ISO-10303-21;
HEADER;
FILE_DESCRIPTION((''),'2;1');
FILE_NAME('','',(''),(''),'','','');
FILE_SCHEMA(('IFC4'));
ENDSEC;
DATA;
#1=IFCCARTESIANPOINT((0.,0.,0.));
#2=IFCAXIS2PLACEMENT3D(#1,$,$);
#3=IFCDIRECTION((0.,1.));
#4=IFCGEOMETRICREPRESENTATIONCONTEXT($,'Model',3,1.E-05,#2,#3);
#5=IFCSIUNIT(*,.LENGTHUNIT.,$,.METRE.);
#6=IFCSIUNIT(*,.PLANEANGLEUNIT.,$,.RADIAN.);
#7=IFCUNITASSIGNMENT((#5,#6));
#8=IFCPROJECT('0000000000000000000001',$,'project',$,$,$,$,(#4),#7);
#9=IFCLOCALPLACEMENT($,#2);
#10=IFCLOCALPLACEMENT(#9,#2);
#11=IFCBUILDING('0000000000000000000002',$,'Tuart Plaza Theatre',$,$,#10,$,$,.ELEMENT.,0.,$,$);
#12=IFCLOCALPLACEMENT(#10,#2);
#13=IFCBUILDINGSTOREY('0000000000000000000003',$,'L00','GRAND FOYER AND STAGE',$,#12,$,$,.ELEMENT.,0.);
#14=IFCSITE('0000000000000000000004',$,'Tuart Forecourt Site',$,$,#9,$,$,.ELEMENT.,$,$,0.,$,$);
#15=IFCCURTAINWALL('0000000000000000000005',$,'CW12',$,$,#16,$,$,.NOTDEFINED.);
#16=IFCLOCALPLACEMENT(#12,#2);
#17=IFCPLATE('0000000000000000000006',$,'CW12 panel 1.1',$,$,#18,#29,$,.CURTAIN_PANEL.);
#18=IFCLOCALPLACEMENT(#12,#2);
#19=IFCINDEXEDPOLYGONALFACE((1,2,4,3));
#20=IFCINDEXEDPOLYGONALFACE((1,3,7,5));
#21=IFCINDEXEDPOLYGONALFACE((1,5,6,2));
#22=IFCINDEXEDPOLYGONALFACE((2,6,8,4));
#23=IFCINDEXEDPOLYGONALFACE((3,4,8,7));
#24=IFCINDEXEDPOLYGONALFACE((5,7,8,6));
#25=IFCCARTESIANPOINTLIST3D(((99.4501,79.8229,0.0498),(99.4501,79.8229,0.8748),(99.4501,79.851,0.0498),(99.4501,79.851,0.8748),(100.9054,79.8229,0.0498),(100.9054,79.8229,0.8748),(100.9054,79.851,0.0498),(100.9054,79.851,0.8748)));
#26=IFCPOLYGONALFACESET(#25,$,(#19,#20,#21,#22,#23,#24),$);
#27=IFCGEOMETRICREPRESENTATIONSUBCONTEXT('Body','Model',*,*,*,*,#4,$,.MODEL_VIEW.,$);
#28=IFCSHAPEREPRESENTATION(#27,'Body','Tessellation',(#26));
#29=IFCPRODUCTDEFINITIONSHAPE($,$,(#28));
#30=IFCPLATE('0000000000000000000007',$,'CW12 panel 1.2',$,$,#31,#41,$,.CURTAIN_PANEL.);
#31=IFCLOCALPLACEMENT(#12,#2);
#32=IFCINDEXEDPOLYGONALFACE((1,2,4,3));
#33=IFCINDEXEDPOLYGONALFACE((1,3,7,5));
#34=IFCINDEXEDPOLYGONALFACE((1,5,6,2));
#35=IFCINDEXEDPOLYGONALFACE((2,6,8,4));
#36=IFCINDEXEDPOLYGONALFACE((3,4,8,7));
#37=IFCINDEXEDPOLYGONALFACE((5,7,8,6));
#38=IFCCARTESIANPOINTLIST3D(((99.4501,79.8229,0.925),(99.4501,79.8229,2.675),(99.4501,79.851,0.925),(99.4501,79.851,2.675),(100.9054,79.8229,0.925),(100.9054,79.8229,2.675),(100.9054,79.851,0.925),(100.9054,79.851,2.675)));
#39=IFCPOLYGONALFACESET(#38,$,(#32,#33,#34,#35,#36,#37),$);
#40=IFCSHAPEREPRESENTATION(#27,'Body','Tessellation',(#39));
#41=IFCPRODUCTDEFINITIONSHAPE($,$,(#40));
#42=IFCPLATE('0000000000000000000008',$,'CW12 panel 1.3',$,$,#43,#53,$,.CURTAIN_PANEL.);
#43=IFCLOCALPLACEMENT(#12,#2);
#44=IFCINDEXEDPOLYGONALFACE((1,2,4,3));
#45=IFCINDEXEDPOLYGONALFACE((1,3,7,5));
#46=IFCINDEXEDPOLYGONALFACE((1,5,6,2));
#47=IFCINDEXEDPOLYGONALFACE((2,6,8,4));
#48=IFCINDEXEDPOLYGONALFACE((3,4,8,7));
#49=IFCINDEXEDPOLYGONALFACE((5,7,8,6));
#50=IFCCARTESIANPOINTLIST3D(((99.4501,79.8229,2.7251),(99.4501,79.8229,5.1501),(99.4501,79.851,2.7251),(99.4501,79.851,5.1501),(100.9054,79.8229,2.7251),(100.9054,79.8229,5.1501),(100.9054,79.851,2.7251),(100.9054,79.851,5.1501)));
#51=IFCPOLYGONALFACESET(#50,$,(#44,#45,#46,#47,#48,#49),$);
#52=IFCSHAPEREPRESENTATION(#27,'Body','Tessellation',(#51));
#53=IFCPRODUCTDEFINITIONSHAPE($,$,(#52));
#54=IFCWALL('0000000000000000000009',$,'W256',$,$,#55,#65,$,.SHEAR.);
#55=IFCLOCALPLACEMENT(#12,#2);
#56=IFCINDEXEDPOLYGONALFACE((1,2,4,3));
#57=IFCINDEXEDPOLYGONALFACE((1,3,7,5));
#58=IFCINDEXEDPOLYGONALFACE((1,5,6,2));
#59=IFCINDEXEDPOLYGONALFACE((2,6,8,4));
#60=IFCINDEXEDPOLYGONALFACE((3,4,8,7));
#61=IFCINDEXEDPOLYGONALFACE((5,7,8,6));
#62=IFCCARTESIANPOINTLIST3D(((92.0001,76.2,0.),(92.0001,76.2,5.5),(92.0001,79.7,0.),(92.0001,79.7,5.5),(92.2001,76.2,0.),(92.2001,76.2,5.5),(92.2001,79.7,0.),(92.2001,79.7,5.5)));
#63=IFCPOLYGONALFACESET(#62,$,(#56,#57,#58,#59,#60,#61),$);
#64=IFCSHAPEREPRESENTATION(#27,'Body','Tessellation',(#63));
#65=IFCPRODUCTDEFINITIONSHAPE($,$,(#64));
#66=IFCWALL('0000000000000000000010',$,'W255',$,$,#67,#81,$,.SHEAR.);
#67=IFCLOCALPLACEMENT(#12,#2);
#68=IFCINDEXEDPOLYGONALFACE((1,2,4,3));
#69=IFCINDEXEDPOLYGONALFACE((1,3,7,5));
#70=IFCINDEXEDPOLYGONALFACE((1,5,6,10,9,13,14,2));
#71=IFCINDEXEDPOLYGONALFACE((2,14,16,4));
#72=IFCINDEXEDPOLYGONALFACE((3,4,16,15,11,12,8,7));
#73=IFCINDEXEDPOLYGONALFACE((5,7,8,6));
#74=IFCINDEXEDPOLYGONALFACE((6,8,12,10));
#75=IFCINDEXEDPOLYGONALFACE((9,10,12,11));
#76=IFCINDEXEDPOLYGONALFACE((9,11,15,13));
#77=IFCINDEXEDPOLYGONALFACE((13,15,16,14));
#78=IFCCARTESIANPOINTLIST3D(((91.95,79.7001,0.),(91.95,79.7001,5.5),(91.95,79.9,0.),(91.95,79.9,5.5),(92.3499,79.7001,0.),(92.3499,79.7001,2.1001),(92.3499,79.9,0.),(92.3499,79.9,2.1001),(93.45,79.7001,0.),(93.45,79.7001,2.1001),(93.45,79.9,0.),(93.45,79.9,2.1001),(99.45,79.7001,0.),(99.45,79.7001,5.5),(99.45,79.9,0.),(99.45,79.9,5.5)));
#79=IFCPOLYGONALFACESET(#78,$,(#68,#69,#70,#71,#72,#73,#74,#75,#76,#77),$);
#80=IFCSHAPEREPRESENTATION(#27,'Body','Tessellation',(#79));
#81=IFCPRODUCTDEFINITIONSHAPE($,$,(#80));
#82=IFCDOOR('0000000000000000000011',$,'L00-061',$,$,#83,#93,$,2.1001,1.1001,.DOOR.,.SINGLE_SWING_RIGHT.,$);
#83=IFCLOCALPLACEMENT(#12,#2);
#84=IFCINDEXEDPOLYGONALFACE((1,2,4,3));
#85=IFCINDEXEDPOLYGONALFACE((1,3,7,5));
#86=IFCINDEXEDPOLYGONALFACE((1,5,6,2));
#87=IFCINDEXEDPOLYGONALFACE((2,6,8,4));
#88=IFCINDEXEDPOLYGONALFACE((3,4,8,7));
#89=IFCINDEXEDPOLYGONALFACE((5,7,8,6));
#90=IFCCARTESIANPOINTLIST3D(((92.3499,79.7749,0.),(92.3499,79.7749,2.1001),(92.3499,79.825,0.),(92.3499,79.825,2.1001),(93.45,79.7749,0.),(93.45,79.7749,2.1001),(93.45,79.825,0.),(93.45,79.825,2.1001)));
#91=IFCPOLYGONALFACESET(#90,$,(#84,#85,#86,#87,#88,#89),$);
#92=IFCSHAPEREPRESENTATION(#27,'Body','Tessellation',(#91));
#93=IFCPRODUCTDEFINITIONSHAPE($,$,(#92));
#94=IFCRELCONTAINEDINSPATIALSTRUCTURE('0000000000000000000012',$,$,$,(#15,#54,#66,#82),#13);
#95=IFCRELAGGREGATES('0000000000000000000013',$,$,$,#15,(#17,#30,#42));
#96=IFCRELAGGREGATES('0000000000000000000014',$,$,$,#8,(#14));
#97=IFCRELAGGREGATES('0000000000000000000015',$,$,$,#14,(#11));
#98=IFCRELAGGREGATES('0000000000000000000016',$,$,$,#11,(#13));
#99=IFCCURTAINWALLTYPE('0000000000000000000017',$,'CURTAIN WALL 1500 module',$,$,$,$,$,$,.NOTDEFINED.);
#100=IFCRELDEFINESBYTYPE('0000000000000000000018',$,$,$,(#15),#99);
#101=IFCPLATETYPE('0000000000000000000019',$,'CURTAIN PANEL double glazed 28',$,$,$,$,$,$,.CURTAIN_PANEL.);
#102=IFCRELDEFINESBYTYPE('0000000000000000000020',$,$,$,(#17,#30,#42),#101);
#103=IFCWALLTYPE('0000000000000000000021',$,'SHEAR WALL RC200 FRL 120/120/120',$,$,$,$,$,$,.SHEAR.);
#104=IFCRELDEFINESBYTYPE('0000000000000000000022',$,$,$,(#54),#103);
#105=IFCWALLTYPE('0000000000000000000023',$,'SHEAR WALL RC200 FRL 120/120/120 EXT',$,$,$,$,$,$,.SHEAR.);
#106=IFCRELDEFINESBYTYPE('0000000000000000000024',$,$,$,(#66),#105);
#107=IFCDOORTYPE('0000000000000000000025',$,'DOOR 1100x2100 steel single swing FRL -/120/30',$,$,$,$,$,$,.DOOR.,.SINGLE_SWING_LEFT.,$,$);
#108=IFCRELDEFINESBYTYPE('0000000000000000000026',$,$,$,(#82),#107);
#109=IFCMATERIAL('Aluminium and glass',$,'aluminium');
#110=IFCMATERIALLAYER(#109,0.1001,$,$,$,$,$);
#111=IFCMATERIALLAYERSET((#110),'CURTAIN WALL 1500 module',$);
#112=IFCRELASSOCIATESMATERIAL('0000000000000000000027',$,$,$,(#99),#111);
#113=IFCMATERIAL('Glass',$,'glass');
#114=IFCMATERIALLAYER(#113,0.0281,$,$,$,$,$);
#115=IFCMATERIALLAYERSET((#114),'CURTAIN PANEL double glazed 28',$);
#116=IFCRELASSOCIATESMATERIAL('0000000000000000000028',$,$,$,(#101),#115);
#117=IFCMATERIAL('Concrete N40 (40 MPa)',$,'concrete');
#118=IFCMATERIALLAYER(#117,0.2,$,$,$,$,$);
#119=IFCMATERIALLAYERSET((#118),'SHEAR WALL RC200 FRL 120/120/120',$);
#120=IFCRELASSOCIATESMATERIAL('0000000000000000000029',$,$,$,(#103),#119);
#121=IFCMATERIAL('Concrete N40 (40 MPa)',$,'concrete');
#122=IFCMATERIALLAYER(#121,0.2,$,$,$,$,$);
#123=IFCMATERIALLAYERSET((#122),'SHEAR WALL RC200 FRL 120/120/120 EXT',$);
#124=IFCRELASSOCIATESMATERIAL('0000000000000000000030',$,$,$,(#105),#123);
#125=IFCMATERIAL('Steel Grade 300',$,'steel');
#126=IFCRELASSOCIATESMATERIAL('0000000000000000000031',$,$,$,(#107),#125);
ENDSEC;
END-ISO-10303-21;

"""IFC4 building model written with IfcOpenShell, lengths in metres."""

from ifc_helpers import new_model, si_unit, direction, frame, frame_2d, origin, origin_2d, place, context, subcontext, project, spatial, rectangle, extrude, material, layer, layer_set, type_object, element, fill, aggregate, save


model = new_model("IFC4")

# Units and contexts
model_context = context("Model", 3, precision=1e-05, world=origin(), true_north=direction((0.0, 1.0)))
body_context = subcontext(model_context, "Body", "Model", "MODEL_VIEW")
ifc_project = project(units=[si_unit("LENGTHUNIT", "METRE"), si_unit("PLANEANGLEUNIT", "RADIAN")], contexts=[model_context])

# Site, building, storey
site_placement = place(None, origin())
site = spatial("IfcSite", under=ifc_project, at=site_placement, Name="Tuart Forecourt Site", CompositionType="ELEMENT", RefElevation=0.0)
building_placement = place(site_placement, origin())
building = spatial("IfcBuilding", under=site, at=building_placement, Name="Tuart Plaza Theatre", CompositionType="ELEMENT", ElevationOfRefHeight=0.0)
storey_placement = place(building_placement, origin())
storey = spatial("IfcBuildingStorey", under=building, at=storey_placement, Name="L00", Description="GRAND FOYER AND STAGE", CompositionType="ELEMENT", Elevation=0.0)

# Curtain wall
ifc_material_1 = material(Name="Aluminium and glass", Category="aluminium")
ifc_layer_1 = layer(ifc_material_1, 0.1001)
ifc_layer_set_1 = layer_set([ifc_layer_1], Name="CURTAIN WALL 1500 module")
curtain_wall_type = type_object("IfcCurtainWallType", Name="CURTAIN WALL 1500 module", PredefinedType="NOTDEFINED", material=ifc_layer_set_1)
curtain_wall_1_placement = place(storey_placement, origin())
curtain_wall_1 = element("IfcCurtainWall", 1, at=curtain_wall_1_placement, inside=storey, type_object=curtain_wall_type, Name="CW12", PredefinedType="NOTDEFINED")

# Plates
ifc_material_2 = material(Name="Glass", Category="glass")
ifc_layer_2 = layer(ifc_material_2, 0.0281)
ifc_layer_set_2 = layer_set([ifc_layer_2], Name="CURTAIN PANEL double glazed 28")
plate_type = type_object("IfcPlateType", Name="CURTAIN PANEL double glazed 28", PredefinedType="CURTAIN_PANEL", material=ifc_layer_set_2)
plate_1_placement = place(storey_placement, frame((100.1777, 79.8369, 0.0498), z_axis=(0.0, 0.0, 1.0), x_axis=(1.0, 0.0, 0.0)))
plate_1 = element("IfcPlate", 2, at=plate_1_placement, type_object=plate_type, Name="CW12 panel 1.1", PredefinedType="CURTAIN_PANEL", context=body_context, shape_type="SweptSolid", body=[
    extrude(rectangle(XDim=1.4553, YDim=0.0281, at=origin_2d()), origin(), (0.0, 0.0, 1.0), 0.825),
])
plate_2_placement = place(storey_placement, frame((100.1777, 79.8369, 0.925), z_axis=(0.0, 0.0, 1.0), x_axis=(1.0, 0.0, 0.0)))
plate_2 = element("IfcPlate", 3, at=plate_2_placement, type_object=plate_type, Name="CW12 panel 1.2", PredefinedType="CURTAIN_PANEL", context=body_context, shape_type="SweptSolid", body=[
    extrude(rectangle(XDim=1.4553, YDim=0.0281, at=origin_2d()), origin(), (0.0, 0.0, 1.0), 1.75),
])
plate_3_placement = place(storey_placement, frame((100.1777, 79.8369, 2.7251), z_axis=(0.0, 0.0, 1.0), x_axis=(1.0, 0.0, 0.0)))
plate_3 = element("IfcPlate", 4, at=plate_3_placement, type_object=plate_type, Name="CW12 panel 1.3", PredefinedType="CURTAIN_PANEL", context=body_context, shape_type="SweptSolid", body=[
    extrude(rectangle(XDim=1.4553, YDim=0.0281, at=origin_2d()), origin(), (0.0, 0.0, 1.0), 2.425),
])
aggregate(curtain_wall_1, [plate_1, plate_2, plate_3])

# Wall
ifc_material_3 = material(Name="Concrete N40 (40 MPa)", Category="concrete")
ifc_layer_3 = layer(ifc_material_3, 0.2)
ifc_layer_set_3 = layer_set([ifc_layer_3], Name="SHEAR WALL RC200 FRL 120/120/120")
wall_type_1 = type_object("IfcWallType", Name="SHEAR WALL RC200 FRL 120/120/120", PredefinedType="SHEAR", material=ifc_layer_set_3)
wall_1_placement = place(storey_placement, frame((92.1001, 79.7, 0.0), z_axis=(0.0, 0.0, 1.0), x_axis=(0.0, -1.0, 0.0)))
element("IfcWall", 5, at=wall_1_placement, inside=storey, type_object=wall_type_1, Name="W256", PredefinedType="SHEAR", context=body_context, shape_type="SweptSolid", body=[
    extrude(rectangle(XDim=3.5, YDim=0.2, at=frame_2d((1.75, 0.0))), origin(), (0.0, 0.0, 1.0), 5.5),
])

# Wall, opening, door
ifc_material_4 = material(Name="Concrete N40 (40 MPa)", Category="concrete")
ifc_layer_4 = layer(ifc_material_4, 0.2)
ifc_layer_set_4 = layer_set([ifc_layer_4], Name="SHEAR WALL RC200 FRL 120/120/120 EXT")
wall_type_2 = type_object("IfcWallType", Name="SHEAR WALL RC200 FRL 120/120/120 EXT", PredefinedType="SHEAR", material=ifc_layer_set_4)
wall_2_placement = place(storey_placement, frame((99.45, 79.8, 0.0), z_axis=(0.0, 0.0, 1.0), x_axis=(-1.0, 0.0, 0.0)))
wall_2 = element("IfcWall", 6, at=wall_2_placement, inside=storey, type_object=wall_type_2, Name="W255", PredefinedType="SHEAR", context=body_context, shape_type="SweptSolid", body=[
    extrude(rectangle(XDim=7.5, YDim=0.2, at=frame_2d((3.75, 0.0))), origin(), (0.0, 0.0, 1.0), 5.5),
])
opening_placement = place(wall_2_placement, frame((6.0, 0.0, 0.0)))
opening = element("IfcOpeningElement", 7, at=opening_placement, cuts=wall_2, PredefinedType="OPENING", context=body_context, shape_type="SweptSolid", body=[
    extrude(rectangle(XDim=1.1001, YDim=2.1001, at=frame_2d((0.55, 1.05))), frame((0.0, 0.1099, 0.0), z_axis=(0.0, -1.0, 0.0), x_axis=(1.0, 0.0, 0.0)), (0.0, 0.0, 1.0), 0.22),
])
ifc_material_5 = material(Name="Steel Grade 300", Category="steel")
door_type = type_object("IfcDoorType", Name="DOOR 1100x2100 steel single swing FRL -/120/30", OperationType="SINGLE_SWING_LEFT", PredefinedType="DOOR", material=ifc_material_5)
door_placement = place(opening_placement, frame((1.1001, 0.0, 0.0), z_axis=(0.0, 0.0, 1.0), x_axis=(-1.0, 0.0, 0.0)))
door = element("IfcDoor", 8, at=door_placement, inside=storey, type_object=door_type, Name="L00-061", OperationType="SINGLE_SWING_RIGHT", OverallHeight=2.1001, OverallWidth=1.1001, PredefinedType="DOOR", context=body_context, shape_type="SweptSolid", body=[
    extrude(rectangle(XDim=1.1001, YDim=2.1001, at=frame_2d((0.55, 1.05))), frame((0.0, 0.0249, 0.0), z_axis=(0.0, -1.0, 0.0), x_axis=(1.0, 0.0, 0.0)), (0.0, 0.0, 1.0), 0.05),
])
fill(opening, door)

save(model, "model.ifc")
